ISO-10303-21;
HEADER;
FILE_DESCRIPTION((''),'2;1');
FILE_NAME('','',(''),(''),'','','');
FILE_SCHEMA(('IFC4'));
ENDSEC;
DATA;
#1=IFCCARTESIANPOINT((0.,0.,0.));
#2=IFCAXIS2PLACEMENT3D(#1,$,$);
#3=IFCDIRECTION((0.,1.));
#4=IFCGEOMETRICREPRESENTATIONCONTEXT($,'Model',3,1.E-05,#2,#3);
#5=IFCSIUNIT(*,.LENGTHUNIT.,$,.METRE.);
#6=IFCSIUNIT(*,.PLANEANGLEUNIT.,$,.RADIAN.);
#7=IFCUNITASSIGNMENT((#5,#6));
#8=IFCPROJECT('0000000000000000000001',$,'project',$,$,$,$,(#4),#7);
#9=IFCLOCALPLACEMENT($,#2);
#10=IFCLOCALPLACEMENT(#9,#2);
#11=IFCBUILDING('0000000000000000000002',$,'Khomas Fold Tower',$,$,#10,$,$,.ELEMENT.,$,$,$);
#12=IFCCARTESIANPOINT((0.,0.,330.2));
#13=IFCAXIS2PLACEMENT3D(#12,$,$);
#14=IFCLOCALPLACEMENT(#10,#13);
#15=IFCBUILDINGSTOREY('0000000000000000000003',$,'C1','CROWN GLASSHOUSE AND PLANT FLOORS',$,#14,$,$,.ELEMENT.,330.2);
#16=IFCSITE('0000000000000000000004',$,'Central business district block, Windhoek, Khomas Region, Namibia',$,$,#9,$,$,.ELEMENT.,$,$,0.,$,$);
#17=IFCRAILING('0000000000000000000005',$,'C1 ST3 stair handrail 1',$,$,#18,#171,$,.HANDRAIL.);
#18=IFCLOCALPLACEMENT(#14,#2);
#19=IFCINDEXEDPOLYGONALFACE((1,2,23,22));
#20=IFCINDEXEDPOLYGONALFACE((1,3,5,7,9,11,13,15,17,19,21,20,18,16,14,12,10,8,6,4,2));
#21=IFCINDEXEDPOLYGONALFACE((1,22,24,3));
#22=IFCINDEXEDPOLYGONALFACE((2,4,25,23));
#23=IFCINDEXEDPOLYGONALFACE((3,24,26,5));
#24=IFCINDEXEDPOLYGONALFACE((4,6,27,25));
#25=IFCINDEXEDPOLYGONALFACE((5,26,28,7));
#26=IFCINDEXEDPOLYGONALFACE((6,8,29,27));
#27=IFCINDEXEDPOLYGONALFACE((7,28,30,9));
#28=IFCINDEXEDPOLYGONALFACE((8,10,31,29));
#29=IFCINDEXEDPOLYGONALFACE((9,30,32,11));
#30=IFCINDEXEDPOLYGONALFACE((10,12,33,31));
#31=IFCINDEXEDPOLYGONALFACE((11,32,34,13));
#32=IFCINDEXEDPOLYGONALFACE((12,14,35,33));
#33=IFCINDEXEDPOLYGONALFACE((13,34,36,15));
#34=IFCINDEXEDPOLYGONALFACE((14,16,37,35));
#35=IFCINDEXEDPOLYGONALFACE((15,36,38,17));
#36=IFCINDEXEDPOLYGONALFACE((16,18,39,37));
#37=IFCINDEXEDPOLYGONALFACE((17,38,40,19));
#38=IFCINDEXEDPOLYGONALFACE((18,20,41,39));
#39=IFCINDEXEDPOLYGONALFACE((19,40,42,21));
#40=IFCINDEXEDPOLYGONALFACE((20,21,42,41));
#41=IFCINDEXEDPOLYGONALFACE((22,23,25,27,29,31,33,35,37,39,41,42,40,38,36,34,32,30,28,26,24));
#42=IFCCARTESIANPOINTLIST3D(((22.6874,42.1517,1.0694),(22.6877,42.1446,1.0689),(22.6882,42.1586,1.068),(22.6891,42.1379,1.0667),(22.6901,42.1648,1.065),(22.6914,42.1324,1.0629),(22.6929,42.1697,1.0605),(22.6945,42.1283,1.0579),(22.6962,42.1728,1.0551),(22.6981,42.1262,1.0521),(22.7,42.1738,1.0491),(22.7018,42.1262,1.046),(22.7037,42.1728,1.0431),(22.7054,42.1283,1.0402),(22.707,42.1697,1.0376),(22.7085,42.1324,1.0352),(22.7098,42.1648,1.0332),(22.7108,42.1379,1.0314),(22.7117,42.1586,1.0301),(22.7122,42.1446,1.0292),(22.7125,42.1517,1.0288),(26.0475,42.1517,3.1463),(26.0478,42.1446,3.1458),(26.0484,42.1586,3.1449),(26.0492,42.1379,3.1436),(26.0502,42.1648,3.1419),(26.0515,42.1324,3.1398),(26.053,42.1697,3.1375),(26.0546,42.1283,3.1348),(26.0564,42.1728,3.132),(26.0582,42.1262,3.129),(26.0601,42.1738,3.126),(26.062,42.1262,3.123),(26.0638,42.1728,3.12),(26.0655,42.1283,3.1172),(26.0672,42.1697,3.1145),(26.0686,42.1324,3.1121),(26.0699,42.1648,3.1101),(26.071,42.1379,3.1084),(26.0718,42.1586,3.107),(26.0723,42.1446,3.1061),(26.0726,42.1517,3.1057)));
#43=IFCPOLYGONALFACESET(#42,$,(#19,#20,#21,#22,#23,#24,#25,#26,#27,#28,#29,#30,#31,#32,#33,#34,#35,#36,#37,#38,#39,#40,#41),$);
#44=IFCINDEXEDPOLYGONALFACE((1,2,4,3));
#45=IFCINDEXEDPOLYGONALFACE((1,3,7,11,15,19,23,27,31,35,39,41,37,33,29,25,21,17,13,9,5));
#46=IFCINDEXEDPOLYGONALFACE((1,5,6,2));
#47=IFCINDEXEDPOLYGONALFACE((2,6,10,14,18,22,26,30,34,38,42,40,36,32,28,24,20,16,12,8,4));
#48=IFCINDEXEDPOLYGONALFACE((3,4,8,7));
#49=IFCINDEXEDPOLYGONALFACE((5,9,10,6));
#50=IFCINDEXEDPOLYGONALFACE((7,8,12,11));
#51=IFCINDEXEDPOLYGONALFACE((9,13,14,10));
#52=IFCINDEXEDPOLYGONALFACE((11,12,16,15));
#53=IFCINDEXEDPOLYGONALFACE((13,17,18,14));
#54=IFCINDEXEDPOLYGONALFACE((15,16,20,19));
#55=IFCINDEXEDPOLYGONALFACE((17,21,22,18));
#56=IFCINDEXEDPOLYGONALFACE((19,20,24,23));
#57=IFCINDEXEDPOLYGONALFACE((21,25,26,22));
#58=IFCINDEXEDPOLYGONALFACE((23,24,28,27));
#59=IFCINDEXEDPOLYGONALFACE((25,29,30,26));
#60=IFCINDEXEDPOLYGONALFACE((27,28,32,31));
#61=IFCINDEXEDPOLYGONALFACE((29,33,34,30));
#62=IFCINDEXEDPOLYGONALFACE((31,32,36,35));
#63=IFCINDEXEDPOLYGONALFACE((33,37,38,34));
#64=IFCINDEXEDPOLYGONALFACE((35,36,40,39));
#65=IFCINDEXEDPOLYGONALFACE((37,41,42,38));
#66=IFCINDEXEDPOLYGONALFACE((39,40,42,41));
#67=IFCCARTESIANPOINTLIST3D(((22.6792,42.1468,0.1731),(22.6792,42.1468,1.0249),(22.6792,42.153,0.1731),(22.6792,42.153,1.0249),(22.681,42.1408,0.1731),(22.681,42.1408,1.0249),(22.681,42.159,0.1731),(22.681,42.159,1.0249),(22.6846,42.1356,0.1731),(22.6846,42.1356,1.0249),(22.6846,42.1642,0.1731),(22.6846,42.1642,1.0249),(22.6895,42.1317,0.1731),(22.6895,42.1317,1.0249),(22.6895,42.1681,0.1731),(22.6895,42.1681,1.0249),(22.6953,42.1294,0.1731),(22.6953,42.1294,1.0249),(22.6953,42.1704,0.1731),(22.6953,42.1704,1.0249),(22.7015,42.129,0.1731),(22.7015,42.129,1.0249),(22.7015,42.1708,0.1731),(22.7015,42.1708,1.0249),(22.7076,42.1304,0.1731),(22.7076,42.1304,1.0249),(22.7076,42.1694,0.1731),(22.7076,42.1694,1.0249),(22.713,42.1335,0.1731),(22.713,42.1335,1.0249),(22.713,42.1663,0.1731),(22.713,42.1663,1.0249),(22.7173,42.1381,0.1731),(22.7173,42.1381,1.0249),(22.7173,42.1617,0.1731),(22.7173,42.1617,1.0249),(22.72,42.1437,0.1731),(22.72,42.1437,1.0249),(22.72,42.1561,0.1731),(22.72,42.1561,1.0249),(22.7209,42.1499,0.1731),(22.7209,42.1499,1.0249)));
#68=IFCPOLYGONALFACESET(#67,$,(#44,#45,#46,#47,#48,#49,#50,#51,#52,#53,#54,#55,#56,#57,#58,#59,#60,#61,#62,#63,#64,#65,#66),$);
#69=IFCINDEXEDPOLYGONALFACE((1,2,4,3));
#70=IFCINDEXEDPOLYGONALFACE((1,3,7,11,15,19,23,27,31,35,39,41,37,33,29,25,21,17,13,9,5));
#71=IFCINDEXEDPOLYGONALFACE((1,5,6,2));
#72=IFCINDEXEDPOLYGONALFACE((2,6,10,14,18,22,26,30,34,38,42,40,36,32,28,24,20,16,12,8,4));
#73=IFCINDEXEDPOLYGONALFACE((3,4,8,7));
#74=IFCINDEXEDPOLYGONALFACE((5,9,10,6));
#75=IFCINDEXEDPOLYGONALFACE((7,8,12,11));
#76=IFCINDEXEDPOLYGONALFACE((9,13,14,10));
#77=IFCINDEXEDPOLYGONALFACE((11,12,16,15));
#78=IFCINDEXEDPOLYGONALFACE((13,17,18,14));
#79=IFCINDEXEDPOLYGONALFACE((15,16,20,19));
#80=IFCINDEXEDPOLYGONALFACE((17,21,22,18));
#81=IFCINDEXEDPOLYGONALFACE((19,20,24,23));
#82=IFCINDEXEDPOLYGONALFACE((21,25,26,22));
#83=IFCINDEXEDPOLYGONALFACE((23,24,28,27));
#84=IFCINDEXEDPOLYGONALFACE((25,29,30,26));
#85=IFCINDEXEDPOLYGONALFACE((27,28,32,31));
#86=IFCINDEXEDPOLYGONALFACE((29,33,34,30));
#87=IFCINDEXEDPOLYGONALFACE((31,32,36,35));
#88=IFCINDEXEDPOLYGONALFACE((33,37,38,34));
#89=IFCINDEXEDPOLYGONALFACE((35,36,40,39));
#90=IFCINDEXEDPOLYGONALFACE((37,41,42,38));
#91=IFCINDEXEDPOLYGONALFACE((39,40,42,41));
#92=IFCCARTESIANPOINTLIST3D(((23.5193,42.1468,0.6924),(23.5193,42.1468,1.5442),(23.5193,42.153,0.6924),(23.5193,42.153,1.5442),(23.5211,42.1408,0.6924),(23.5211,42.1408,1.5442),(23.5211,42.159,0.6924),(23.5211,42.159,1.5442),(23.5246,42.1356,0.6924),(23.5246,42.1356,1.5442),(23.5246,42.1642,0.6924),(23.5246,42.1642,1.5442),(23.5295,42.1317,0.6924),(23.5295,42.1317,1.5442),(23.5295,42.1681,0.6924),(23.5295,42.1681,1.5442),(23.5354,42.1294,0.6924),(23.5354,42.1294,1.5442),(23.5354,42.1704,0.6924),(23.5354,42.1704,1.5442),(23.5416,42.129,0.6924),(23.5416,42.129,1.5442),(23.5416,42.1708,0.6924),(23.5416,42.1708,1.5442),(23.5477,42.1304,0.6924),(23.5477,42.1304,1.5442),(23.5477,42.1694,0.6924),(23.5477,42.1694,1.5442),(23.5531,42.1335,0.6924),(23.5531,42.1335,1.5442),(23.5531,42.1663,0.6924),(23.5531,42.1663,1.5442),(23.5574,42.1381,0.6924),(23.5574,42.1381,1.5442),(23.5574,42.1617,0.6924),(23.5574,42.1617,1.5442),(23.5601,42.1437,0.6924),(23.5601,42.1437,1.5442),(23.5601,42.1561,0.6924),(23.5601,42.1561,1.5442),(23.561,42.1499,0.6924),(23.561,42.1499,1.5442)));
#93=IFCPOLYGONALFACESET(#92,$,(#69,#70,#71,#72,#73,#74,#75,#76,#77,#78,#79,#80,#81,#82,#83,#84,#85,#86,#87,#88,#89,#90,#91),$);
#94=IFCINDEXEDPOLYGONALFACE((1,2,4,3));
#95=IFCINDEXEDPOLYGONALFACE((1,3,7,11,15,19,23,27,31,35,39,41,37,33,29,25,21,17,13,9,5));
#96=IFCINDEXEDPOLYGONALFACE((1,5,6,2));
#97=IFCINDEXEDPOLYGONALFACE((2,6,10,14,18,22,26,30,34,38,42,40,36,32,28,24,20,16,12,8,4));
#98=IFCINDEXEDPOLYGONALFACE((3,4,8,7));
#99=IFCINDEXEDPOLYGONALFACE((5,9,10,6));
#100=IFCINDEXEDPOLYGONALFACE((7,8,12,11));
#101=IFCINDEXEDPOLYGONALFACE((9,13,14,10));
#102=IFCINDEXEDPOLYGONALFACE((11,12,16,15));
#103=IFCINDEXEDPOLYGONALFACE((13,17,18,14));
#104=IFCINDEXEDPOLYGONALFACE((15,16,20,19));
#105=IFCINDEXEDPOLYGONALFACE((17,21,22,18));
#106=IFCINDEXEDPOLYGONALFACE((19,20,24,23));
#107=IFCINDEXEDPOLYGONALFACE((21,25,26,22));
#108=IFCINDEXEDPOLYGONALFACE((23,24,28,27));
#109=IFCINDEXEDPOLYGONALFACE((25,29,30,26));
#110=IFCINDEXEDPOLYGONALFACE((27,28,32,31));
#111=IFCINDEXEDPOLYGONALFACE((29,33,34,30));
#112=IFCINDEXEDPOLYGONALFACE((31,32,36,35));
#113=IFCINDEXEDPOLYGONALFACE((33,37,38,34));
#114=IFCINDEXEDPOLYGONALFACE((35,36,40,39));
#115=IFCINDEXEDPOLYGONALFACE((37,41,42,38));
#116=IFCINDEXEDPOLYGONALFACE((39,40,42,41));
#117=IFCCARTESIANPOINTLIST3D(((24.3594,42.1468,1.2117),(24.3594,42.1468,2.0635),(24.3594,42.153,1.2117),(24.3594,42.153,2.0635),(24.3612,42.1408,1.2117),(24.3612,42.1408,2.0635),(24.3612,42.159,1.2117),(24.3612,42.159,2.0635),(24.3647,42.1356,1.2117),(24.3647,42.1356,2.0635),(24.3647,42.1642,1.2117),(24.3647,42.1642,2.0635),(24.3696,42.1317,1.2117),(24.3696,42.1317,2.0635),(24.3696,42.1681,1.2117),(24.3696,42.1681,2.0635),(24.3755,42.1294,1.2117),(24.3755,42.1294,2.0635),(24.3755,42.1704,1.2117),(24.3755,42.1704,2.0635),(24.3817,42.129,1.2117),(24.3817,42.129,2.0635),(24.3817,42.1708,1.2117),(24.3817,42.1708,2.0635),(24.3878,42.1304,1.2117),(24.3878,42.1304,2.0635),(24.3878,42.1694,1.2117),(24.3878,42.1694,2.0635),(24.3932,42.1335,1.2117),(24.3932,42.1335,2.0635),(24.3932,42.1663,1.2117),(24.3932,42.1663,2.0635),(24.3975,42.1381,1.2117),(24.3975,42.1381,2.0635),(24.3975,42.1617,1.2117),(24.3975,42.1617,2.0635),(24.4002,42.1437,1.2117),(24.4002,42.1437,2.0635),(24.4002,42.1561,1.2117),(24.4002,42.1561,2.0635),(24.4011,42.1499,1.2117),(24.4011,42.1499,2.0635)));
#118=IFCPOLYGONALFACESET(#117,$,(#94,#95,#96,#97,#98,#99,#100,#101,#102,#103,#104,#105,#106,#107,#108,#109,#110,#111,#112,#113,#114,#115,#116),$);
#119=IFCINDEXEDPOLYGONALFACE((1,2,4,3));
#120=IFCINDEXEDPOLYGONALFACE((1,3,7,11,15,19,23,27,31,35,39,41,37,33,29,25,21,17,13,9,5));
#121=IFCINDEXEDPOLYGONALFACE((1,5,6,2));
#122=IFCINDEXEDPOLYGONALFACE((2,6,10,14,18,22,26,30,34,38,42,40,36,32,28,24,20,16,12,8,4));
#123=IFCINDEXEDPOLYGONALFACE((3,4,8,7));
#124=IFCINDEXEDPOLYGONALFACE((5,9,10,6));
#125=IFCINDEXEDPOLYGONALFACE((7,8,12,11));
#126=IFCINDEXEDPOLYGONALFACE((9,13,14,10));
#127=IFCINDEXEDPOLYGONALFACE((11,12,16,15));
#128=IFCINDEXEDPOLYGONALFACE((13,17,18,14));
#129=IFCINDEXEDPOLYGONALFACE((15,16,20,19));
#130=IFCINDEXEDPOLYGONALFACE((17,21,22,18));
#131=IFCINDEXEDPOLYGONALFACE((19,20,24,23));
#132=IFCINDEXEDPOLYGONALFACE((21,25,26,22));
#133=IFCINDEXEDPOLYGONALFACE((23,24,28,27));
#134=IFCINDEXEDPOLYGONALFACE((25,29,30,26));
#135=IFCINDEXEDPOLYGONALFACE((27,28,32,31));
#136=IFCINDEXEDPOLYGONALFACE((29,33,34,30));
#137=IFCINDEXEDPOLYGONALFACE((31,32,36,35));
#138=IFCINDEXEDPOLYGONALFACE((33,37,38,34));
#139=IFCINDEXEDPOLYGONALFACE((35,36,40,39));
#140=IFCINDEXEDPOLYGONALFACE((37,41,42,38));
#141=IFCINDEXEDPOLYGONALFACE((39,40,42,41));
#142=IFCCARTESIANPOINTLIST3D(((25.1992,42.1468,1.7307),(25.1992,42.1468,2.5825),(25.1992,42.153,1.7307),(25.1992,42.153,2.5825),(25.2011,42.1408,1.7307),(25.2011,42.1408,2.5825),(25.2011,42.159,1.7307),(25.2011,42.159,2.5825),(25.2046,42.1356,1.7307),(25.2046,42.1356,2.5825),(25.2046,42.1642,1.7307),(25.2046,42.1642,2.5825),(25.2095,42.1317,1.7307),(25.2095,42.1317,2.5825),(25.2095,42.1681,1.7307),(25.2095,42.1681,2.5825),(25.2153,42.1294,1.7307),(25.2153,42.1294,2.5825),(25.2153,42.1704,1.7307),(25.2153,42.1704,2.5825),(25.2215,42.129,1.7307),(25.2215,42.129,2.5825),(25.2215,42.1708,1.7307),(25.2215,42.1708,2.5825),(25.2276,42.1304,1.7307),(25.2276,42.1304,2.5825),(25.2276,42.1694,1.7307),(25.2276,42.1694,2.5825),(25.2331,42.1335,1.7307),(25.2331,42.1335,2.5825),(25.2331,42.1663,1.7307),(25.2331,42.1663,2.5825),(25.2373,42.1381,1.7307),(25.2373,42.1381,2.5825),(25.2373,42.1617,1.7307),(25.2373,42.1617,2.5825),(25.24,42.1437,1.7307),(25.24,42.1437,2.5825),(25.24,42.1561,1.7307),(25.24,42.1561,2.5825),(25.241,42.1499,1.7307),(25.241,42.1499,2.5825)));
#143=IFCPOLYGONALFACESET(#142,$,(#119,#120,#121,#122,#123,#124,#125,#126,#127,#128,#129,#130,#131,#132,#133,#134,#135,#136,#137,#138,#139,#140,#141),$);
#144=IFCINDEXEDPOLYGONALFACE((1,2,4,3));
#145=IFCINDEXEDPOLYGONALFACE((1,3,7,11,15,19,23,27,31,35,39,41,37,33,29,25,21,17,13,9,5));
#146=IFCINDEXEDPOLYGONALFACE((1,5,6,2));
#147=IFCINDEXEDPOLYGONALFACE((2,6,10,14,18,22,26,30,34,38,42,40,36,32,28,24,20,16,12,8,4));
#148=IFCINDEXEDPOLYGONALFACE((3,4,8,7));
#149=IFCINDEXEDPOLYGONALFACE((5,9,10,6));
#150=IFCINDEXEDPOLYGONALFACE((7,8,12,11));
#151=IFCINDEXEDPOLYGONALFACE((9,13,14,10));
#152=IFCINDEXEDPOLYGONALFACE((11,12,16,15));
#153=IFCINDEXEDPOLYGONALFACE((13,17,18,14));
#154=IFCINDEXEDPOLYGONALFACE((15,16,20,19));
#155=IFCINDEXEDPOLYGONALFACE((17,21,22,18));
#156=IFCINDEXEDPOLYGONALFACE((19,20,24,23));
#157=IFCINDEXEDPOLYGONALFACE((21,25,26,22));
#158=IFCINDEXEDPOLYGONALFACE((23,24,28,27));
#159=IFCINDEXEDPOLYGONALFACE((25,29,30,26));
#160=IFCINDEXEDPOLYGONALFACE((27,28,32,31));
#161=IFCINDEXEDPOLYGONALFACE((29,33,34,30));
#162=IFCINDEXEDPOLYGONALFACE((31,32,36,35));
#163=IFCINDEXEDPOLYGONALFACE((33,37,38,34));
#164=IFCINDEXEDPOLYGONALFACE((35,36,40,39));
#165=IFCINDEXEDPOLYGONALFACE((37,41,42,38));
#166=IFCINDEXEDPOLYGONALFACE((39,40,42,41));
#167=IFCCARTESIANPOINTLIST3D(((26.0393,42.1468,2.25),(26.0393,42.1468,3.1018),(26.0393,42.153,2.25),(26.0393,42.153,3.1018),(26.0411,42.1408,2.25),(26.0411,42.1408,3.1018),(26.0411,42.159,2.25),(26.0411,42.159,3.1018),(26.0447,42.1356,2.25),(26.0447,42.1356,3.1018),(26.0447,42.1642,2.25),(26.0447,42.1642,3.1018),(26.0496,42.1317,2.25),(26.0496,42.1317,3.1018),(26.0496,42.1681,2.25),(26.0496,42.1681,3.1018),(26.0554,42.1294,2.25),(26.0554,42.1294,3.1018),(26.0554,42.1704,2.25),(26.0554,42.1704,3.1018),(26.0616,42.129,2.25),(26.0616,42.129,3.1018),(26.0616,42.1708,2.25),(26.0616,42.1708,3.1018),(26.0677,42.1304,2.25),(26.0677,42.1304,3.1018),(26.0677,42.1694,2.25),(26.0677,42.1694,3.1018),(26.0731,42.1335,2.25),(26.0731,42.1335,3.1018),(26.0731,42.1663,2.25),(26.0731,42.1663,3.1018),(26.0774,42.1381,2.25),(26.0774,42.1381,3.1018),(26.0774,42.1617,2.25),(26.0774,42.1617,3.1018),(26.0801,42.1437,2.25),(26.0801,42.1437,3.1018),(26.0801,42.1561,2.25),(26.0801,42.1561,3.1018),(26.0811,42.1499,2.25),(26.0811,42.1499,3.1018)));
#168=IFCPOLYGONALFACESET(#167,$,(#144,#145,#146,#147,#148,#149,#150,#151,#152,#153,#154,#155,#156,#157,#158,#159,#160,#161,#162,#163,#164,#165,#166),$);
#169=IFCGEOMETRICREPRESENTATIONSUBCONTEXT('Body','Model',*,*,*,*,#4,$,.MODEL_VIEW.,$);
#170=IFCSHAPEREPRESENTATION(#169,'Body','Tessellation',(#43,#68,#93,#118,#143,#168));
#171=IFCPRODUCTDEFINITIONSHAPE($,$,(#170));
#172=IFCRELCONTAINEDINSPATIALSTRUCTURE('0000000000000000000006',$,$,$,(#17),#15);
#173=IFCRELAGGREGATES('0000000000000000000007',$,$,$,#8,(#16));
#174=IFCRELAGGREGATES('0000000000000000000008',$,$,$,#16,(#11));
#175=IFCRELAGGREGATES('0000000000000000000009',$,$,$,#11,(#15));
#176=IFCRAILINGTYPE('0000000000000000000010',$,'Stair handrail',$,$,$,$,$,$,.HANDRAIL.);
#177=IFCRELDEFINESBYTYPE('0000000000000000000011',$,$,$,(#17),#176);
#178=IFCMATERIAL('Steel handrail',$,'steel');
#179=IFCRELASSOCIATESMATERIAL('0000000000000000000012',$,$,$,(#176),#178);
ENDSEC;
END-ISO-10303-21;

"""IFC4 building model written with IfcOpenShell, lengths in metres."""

from ifc_helpers import new_model, si_unit, direction, frame, origin, origin_2d, place, context, subcontext, project, spatial, circle, extrude, source, transform, mapped, material, type_object, element, save


model = new_model("IFC4")

# Units and contexts
model_context = context("Model", 3, precision=1e-05, world=origin(), true_north=direction((0.0, 1.0)))
body_context = subcontext(model_context, "Body", "Model", "MODEL_VIEW")
ifc_project = project(units=[si_unit("LENGTHUNIT", "METRE"), si_unit("PLANEANGLEUNIT", "RADIAN")], contexts=[model_context])

# Site, building, storey
site_placement = place(None, origin())
site = spatial("IfcSite", under=ifc_project, at=site_placement, Name="Central business district block, Windhoek, Khomas Region, Namibia", CompositionType="ELEMENT", RefElevation=0.0)
building_placement = place(site_placement, origin())
building = spatial("IfcBuilding", under=site, at=building_placement, Name="Khomas Fold Tower", CompositionType="ELEMENT")
storey_placement = place(building_placement, frame((0.0, 0.0, 330.2)))
storey = spatial("IfcBuildingStorey", under=building, at=storey_placement, Name="C1", Description="CROWN GLASSHOUSE AND PLANT FLOORS", CompositionType="ELEMENT", Elevation=330.2)

# Railing
ifc_material_1 = material(Name="Steel handrail", Category="steel")
railing_type_1 = type_object("IfcRailingType", Name="Stair handrail", PredefinedType="HANDRAIL", material=ifc_material_1)
shared_shape_1 = source(origin(), body_context, "Body", "SweptSolid", [
    extrude(circle(Radius=0.0239, at=origin_2d()), frame((0.0, 0.0, 0.876), z_axis=(0.850623, 0.0, 0.525776), x_axis=(0.0, 1.0, 0.0)), (0.0, 0.0, 1.0), 3.9502),
    extrude(circle(Radius=0.021, at=origin_2d()), origin(), (0.0, 0.0, 1.0), 0.8518),
    extrude(circle(Radius=0.021, at=origin_2d()), frame((0.8401, 0.0, 0.5193)), (0.0, 0.0, 1.0), 0.8518),
    extrude(circle(Radius=0.021, at=origin_2d()), frame((1.6802, 0.0, 1.0386)), (0.0, 0.0, 1.0), 0.8518),
    extrude(circle(Radius=0.021, at=origin_2d()), frame((2.52, 0.0, 1.5576)), (0.0, 0.0, 1.0), 0.8518),
    extrude(circle(Radius=0.021, at=origin_2d()), frame((3.3601, 0.0, 2.0769)), (0.0, 0.0, 1.0), 0.8518),
])
railing_1_placement = place(storey_placement, frame((22.7, 42.1499, 0.1731)))
element("IfcRailing", 1, at=railing_1_placement, inside=storey, type_object=railing_type_1, Name="C1 ST3 stair handrail 1", PredefinedType="HANDRAIL", context=body_context, shape_type="MappedRepresentation", body=[
    mapped(shared_shape_1, transform((0.0, 0.0, 0.0))),
])

save(model, "model.ifc")
